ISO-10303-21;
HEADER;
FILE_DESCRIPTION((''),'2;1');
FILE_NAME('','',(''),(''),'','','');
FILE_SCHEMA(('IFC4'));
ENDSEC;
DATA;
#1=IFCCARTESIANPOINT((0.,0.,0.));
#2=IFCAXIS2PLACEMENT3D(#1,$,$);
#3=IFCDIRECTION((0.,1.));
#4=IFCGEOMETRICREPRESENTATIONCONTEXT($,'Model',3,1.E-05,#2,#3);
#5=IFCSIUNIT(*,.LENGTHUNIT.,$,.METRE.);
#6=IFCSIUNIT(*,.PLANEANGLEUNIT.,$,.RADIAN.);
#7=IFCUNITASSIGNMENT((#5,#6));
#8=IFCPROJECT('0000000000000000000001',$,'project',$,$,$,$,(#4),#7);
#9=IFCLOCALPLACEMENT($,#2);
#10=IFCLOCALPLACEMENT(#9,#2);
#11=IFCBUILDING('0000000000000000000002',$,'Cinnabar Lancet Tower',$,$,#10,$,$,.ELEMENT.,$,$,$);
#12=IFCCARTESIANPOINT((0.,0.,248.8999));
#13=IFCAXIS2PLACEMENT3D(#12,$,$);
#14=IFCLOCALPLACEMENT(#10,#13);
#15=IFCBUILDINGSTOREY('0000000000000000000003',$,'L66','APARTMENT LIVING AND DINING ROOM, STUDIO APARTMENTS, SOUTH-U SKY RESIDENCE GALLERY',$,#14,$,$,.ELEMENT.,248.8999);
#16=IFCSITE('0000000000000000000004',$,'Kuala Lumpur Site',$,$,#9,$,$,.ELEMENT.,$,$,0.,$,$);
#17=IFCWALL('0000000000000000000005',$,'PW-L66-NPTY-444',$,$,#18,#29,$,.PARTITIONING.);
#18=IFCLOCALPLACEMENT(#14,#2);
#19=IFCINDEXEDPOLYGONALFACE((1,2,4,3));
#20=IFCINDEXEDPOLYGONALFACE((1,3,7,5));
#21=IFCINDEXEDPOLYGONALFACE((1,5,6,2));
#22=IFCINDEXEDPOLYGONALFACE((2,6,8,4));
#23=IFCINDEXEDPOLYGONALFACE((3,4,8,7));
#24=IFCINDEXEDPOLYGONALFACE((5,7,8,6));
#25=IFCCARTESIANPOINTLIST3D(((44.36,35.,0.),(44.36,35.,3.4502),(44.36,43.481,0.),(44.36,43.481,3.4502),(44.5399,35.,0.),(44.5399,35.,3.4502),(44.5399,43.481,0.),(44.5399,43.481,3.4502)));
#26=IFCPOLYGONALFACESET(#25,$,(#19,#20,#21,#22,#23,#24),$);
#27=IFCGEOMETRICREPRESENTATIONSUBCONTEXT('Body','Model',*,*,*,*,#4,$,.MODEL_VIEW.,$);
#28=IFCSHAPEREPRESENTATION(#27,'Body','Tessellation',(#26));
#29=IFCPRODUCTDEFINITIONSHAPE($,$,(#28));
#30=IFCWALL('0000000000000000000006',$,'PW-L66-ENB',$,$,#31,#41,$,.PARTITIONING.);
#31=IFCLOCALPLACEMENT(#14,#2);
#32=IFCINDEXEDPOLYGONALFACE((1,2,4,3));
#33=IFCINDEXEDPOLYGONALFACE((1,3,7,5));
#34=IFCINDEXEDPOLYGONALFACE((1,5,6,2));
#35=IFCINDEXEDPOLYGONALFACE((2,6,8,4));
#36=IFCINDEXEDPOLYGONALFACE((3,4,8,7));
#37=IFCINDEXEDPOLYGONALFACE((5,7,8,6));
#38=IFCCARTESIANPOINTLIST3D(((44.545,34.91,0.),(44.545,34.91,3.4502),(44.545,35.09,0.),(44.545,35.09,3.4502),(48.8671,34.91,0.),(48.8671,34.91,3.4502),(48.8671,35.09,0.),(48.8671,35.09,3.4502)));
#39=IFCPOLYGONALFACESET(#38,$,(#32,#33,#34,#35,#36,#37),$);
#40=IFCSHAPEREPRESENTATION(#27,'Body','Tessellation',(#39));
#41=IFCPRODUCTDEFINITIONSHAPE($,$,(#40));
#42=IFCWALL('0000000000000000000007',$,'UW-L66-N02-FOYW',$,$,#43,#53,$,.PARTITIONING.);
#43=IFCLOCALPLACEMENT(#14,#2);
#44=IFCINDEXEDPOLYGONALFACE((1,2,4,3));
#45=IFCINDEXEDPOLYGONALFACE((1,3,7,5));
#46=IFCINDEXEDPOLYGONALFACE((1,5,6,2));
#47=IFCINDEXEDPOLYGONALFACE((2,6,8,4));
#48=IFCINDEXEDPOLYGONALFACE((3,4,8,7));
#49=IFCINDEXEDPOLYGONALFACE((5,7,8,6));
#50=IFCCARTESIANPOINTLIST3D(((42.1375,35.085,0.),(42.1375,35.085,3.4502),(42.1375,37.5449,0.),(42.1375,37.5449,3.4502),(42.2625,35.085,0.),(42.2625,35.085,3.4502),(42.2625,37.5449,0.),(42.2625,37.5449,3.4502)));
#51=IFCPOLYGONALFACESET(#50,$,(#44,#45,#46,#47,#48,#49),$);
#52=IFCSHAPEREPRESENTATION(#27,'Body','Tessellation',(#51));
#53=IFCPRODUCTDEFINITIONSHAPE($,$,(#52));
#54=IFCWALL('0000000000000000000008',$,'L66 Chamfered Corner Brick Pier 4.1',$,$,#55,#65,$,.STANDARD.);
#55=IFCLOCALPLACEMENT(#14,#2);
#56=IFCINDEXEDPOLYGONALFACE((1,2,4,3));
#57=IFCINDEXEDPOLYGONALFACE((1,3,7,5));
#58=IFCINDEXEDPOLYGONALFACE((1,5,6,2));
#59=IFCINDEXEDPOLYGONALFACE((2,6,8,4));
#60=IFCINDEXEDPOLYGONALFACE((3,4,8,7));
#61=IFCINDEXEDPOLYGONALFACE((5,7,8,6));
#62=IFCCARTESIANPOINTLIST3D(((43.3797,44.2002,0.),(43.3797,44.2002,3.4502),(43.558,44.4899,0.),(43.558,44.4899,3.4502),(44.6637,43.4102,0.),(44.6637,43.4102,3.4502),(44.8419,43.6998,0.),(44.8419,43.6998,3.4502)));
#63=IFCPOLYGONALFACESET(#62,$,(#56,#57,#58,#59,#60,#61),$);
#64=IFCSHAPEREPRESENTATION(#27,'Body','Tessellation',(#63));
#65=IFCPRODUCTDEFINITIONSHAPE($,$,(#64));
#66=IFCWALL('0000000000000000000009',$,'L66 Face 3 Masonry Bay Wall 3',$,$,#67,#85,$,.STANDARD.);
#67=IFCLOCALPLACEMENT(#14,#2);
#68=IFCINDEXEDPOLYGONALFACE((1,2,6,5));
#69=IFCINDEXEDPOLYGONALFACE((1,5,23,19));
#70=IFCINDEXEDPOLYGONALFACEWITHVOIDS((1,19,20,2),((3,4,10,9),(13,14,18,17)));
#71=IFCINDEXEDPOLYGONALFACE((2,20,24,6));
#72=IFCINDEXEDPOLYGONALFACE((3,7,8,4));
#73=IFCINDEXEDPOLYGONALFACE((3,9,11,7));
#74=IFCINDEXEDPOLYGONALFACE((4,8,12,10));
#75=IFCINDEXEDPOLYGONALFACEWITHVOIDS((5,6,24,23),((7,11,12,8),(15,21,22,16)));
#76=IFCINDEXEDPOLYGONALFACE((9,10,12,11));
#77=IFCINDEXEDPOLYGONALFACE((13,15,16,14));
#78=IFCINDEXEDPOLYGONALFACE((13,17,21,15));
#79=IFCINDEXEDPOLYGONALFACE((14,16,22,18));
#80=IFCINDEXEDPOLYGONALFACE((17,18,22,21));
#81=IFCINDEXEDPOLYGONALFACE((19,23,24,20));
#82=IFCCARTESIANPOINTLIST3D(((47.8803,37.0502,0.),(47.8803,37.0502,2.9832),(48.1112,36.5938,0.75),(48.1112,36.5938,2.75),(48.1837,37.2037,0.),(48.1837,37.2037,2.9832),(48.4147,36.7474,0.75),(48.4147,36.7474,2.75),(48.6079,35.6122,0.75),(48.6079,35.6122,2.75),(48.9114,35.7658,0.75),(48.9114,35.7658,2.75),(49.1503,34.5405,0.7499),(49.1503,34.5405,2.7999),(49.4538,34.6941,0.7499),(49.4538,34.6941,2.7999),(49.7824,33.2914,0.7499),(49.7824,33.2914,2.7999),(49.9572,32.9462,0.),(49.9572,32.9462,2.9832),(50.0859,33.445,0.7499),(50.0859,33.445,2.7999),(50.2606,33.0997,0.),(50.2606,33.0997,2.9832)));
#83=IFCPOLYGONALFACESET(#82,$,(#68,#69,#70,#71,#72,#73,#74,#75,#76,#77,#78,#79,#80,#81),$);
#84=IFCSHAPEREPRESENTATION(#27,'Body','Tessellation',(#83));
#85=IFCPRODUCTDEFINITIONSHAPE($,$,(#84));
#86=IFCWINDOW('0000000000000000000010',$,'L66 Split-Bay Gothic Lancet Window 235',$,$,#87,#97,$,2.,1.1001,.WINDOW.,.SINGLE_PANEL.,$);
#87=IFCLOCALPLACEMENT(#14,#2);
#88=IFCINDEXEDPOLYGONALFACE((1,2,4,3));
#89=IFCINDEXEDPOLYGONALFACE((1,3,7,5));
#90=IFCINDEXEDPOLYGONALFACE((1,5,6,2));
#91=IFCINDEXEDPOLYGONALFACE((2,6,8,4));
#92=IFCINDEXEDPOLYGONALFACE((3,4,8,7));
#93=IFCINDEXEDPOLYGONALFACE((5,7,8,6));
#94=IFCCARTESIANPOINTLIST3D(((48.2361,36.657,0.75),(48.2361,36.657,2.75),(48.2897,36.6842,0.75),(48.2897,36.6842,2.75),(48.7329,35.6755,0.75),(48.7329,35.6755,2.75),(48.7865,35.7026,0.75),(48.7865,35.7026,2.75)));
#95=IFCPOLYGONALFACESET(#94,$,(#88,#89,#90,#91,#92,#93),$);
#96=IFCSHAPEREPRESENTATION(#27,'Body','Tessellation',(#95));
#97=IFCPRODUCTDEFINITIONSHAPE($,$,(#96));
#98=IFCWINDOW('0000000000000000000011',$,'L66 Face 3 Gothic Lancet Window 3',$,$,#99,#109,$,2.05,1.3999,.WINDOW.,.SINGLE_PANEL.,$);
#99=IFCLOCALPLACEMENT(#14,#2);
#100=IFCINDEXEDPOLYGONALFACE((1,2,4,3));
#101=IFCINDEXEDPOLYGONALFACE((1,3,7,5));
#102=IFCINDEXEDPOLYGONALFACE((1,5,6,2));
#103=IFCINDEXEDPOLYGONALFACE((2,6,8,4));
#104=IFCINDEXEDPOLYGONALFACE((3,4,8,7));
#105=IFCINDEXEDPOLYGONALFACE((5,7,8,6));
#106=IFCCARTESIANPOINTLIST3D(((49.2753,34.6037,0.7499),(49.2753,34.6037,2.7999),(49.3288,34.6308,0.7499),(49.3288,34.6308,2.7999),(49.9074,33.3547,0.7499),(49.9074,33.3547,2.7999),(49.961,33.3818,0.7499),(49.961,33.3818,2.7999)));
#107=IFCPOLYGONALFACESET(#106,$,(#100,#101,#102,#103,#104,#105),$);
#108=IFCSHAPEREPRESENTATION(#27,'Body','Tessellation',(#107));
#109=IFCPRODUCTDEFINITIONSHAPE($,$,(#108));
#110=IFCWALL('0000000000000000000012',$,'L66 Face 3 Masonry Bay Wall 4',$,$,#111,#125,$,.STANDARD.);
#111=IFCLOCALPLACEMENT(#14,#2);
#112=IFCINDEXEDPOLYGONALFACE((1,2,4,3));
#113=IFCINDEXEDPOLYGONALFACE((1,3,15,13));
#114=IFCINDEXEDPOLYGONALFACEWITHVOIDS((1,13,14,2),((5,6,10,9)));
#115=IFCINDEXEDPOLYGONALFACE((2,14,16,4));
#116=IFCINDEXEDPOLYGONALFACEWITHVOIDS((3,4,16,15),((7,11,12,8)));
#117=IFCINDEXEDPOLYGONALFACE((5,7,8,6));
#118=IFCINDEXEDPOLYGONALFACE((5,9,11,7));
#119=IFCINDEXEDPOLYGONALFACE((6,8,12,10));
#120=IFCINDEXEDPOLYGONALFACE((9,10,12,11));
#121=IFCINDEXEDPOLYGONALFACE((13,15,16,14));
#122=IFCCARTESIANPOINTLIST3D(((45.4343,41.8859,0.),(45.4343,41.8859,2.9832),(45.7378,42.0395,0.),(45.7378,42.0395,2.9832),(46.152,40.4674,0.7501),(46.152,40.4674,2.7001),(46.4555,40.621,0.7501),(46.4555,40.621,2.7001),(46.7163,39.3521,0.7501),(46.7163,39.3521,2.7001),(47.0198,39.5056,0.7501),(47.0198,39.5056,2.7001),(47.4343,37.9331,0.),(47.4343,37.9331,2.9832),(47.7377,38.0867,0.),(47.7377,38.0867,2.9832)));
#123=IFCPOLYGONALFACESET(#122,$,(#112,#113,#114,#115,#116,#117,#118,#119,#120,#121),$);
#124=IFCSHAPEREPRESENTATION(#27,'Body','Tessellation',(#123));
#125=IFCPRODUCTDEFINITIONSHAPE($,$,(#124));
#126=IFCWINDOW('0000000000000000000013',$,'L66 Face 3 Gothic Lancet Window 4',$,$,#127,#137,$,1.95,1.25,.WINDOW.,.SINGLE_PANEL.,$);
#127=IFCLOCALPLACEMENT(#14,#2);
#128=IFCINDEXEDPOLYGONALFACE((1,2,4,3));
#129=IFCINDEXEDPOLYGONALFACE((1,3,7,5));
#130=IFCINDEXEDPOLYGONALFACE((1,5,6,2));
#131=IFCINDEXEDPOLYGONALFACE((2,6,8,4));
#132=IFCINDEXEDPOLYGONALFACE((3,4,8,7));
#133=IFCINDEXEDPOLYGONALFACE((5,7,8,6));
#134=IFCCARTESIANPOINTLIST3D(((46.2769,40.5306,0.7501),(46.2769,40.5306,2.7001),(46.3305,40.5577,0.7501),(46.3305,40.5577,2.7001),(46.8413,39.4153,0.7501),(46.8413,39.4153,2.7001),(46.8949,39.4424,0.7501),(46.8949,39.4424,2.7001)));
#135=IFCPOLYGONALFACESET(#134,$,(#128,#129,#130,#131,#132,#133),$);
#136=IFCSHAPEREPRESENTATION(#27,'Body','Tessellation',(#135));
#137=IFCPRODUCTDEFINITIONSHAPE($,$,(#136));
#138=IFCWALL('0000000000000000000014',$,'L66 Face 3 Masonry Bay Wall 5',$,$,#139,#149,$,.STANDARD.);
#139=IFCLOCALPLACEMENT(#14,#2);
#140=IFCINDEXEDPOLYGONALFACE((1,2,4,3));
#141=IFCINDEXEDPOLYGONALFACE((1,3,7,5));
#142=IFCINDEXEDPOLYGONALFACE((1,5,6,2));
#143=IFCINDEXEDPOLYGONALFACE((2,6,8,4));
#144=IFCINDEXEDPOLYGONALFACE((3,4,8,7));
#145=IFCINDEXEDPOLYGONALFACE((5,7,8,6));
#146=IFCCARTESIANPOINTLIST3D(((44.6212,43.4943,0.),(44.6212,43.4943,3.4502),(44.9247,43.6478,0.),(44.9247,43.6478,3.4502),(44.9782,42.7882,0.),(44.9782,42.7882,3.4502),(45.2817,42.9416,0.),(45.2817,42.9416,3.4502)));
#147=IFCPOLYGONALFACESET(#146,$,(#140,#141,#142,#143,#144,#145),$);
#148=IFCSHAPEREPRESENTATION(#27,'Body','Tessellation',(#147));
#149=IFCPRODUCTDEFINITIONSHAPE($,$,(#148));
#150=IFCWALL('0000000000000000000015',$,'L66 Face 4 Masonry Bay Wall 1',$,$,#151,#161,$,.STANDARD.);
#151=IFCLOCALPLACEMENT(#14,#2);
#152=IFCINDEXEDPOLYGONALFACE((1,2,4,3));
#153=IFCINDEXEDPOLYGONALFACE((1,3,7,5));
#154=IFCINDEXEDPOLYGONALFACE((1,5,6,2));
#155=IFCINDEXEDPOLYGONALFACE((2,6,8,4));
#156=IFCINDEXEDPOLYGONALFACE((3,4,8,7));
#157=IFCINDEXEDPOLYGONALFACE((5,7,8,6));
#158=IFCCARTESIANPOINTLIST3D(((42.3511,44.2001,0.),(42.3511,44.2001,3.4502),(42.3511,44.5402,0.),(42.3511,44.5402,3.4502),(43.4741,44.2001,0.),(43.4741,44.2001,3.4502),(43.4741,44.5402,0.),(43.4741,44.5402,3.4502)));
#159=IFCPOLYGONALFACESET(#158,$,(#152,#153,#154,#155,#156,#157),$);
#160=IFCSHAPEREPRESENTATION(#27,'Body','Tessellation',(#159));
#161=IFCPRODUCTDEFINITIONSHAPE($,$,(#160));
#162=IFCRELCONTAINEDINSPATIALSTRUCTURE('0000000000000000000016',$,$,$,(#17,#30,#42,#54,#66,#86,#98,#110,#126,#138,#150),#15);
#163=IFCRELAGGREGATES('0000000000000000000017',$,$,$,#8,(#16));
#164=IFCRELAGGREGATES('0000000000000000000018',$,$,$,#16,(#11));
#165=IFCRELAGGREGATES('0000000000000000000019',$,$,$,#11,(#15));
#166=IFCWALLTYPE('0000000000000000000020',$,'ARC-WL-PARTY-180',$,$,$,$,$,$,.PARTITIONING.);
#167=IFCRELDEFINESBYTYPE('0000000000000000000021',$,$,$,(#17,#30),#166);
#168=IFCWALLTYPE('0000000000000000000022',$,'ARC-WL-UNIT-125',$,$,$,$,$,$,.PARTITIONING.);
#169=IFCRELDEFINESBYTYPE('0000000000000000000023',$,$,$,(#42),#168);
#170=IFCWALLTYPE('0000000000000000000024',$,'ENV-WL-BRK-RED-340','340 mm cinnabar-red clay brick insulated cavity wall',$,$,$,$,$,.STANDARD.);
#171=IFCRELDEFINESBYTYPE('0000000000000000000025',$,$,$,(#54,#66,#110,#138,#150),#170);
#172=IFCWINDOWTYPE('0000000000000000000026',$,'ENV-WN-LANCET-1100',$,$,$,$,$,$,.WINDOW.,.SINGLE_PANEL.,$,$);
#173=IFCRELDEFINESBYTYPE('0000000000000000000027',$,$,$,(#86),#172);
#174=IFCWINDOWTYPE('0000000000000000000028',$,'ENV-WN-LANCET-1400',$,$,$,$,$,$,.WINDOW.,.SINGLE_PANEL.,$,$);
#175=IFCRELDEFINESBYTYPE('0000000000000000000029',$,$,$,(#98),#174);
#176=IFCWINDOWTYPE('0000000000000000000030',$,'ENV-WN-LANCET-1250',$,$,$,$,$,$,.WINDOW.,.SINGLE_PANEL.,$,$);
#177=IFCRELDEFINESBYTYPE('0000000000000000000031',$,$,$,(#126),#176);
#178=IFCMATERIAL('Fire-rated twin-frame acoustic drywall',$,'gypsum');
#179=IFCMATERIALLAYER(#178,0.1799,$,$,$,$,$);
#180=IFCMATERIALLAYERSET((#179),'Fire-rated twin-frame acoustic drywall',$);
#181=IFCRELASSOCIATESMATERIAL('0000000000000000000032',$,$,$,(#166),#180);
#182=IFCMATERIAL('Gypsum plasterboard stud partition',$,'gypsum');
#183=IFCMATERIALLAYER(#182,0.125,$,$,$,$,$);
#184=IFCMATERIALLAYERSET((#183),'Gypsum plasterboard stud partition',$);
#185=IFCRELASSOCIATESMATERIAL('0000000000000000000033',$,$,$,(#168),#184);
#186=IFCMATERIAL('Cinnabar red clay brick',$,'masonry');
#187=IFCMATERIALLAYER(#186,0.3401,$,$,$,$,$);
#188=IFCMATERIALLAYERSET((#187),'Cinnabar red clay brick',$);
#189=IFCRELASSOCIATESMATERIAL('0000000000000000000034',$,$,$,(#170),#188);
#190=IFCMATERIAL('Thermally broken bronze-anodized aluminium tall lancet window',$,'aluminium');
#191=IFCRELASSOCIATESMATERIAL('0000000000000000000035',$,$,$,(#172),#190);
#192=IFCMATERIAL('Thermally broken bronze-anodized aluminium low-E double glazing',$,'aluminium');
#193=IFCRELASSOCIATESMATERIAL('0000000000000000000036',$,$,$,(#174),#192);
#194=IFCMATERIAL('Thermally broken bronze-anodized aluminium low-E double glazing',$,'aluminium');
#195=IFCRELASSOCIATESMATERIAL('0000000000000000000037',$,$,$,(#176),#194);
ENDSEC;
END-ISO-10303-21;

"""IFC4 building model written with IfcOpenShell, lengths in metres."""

from ifc_helpers import new_model, si_unit, direction, frame, frame_2d, origin, place, context, subcontext, project, spatial, rectangle, extrude, material, layer, layer_set, type_object, element, fill, save


model = new_model("IFC4")

# Units and contexts
model_context = context("Model", 3, precision=1e-05, world=origin(), true_north=direction((0.0, 1.0)))
body_context = subcontext(model_context, "Body", "Model", "MODEL_VIEW")
ifc_project = project(units=[si_unit("LENGTHUNIT", "METRE"), si_unit("PLANEANGLEUNIT", "RADIAN")], contexts=[model_context])

# Site, building, storey
site_placement = place(None, origin())
site = spatial("IfcSite", under=ifc_project, at=site_placement, Name="Kuala Lumpur Site", CompositionType="ELEMENT", RefElevation=0.0)
building_placement = place(site_placement, origin())
building = spatial("IfcBuilding", under=site, at=building_placement, Name="Cinnabar Lancet Tower", CompositionType="ELEMENT")
storey_placement = place(building_placement, frame((0.0, 0.0, 248.8999)))
storey = spatial("IfcBuildingStorey", under=building, at=storey_placement, Name="L66", Description="APARTMENT LIVING AND DINING ROOM, STUDIO APARTMENTS, SOUTH-U SKY RESIDENCE GALLERY", CompositionType="ELEMENT", Elevation=248.8999)

# Walls
ifc_material_1 = material(Name="Fire-rated twin-frame acoustic drywall", Category="gypsum")
ifc_layer_1 = layer(ifc_material_1, 0.1799)
ifc_layer_set_1 = layer_set([ifc_layer_1], Name="Fire-rated twin-frame acoustic drywall")
wall_type_1 = type_object("IfcWallType", Name="ARC-WL-PARTY-180", PredefinedType="PARTITIONING", material=ifc_layer_set_1)
wall_1_placement = place(storey_placement, frame((44.45, 35.0, 0.0), z_axis=(0.0, 0.0, 1.0), x_axis=(0.0, 1.0, 0.0)))
element("IfcWall", 1, at=wall_1_placement, inside=storey, type_object=wall_type_1, Name="PW-L66-NPTY-444", PredefinedType="PARTITIONING", context=body_context, shape_type="SweptSolid", body=[
    extrude(rectangle(XDim=8.481, YDim=0.1799, at=frame_2d((4.2405, 0.0))), origin(), (0.0, 0.0, 1.0), 3.4502),
])
wall_2_placement = place(storey_placement, frame((44.5449, 35.0, 0.0), z_axis=(0.0, 0.0, 1.0), x_axis=(1.0, 0.0, 0.0)))
element("IfcWall", 2, at=wall_2_placement, inside=storey, type_object=wall_type_1, Name="PW-L66-ENB", PredefinedType="PARTITIONING", context=body_context, shape_type="SweptSolid", body=[
    extrude(rectangle(XDim=4.322, YDim=0.1799, at=frame_2d((2.1611, 0.0))), origin(), (0.0, 0.0, 1.0), 3.4502),
])
ifc_material_2 = material(Name="Gypsum plasterboard stud partition", Category="gypsum")
ifc_layer_2 = layer(ifc_material_2, 0.125)
ifc_layer_set_2 = layer_set([ifc_layer_2], Name="Gypsum plasterboard stud partition")
wall_type_2 = type_object("IfcWallType", Name="ARC-WL-UNIT-125", PredefinedType="PARTITIONING", material=ifc_layer_set_2)
wall_3_placement = place(storey_placement, frame((42.2, 35.085, 0.0), z_axis=(0.0, 0.0, 1.0), x_axis=(0.0, 1.0, 0.0)))
element("IfcWall", 3, at=wall_3_placement, inside=storey, type_object=wall_type_2, Name="UW-L66-N02-FOYW", PredefinedType="PARTITIONING", context=body_context, shape_type="SweptSolid", body=[
    extrude(rectangle(XDim=2.46, YDim=0.125, at=frame_2d((1.23, 0.0))), origin(), (0.0, 0.0, 1.0), 3.4502),
])
ifc_material_3 = material(Name="Cinnabar red clay brick", Category="masonry")
ifc_layer_3 = layer(ifc_material_3, 0.3401)
ifc_layer_set_3 = layer_set([ifc_layer_3], Name="Cinnabar red clay brick")
wall_type_3 = type_object("IfcWallType", Name="ENV-WL-BRK-RED-340", Description="340 mm cinnabar-red clay brick insulated cavity wall", PredefinedType="STANDARD", material=ifc_layer_set_3)
wall_4_placement = place(storey_placement, frame((44.7529, 43.5549, 0.0), z_axis=(0.0, 0.0, 1.0), x_axis=(-0.851681, 0.524061, 0.0)))
element("IfcWall", 4, at=wall_4_placement, inside=storey, type_object=wall_type_3, Name="L66 Chamfered Corner Brick Pier 4.1", PredefinedType="STANDARD", context=body_context, shape_type="SweptSolid", body=[
    extrude(rectangle(XDim=1.5076, YDim=0.3401, at=frame_2d((0.7539, 0.0))), origin(), (0.0, 0.0, 1.0), 3.4502),
])

# Wall, openings, windows
wall_5_placement = place(storey_placement, frame((50.1089, 33.0229, 0.0), z_axis=(0.0, 0.0, 1.0), x_axis=(-0.45154, 0.892251, 0.0)))
wall_5 = element("IfcWall", 5, at=wall_5_placement, inside=storey, type_object=wall_type_3, Name="L66 Face 3 Masonry Bay Wall 3", PredefinedType="STANDARD", context=body_context, shape_type="SweptSolid", body=[
    extrude(rectangle(XDim=4.5996, YDim=0.3401, at=frame_2d((2.2998, 0.0))), origin(), (0.0, 0.0, 1.0), 2.9832),
])
opening_1_placement = place(wall_5_placement, frame((0.387, 0.0, 0.75)))
opening_1 = element("IfcOpeningElement", 6, at=opening_1_placement, cuts=wall_5, PredefinedType="OPENING", context=body_context, shape_type="SweptSolid", body=[
    extrude(rectangle(XDim=1.3999, YDim=2.05, at=frame_2d((0.7, 1.0249))), frame((0.0, 0.1799, 0.0), z_axis=(0.0, -1.0, 0.0), x_axis=(1.0, 0.0, 0.0)), (0.0, 0.0, 1.0), 0.3601),
])
opening_2_placement = place(wall_5_placement, frame((2.988, 0.0, 0.75)))
opening_2 = element("IfcOpeningElement", 7, at=opening_2_placement, cuts=wall_5, PredefinedType="OPENING", context=body_context, shape_type="SweptSolid", body=[
    extrude(rectangle(XDim=1.1001, YDim=2.0, at=frame_2d((0.55, 1.0))), frame((0.0, 0.1799, 0.0), z_axis=(0.0, -1.0, 0.0), x_axis=(1.0, 0.0, 0.0)), (0.0, 0.0, 1.0), 0.3601),
])
ifc_material_4 = material(Name="Thermally broken bronze-anodized aluminium tall lancet window", Category="aluminium")
window_type_1 = type_object("IfcWindowType", Name="ENV-WN-LANCET-1100", PartitioningType="SINGLE_PANEL", PredefinedType="WINDOW", material=ifc_material_4)
window_1_placement = place(opening_2_placement, origin())
window_1 = element("IfcWindow", 8, at=window_1_placement, inside=storey, type_object=window_type_1, Name="L66 Split-Bay Gothic Lancet Window 235", OverallHeight=2.0, OverallWidth=1.1001, PartitioningType="SINGLE_PANEL", PredefinedType="WINDOW", context=body_context, shape_type="SweptSolid", body=[
    extrude(rectangle(XDim=1.1001, YDim=2.0, at=frame_2d((0.55, 1.0))), frame((0.0, 0.03, 0.0), z_axis=(0.0, -1.0, 0.0), x_axis=(1.0, 0.0, 0.0)), (0.0, 0.0, 1.0), 0.0601),
])
fill(opening_2, window_1)
ifc_material_5 = material(Name="Thermally broken bronze-anodized aluminium low-E double glazing", Category="aluminium")
window_type_2 = type_object("IfcWindowType", Name="ENV-WN-LANCET-1400", PartitioningType="SINGLE_PANEL", PredefinedType="WINDOW", material=ifc_material_5)
window_2_placement = place(opening_1_placement, origin())
window_2 = element("IfcWindow", 9, at=window_2_placement, inside=storey, type_object=window_type_2, Name="L66 Face 3 Gothic Lancet Window 3", OverallHeight=2.05, OverallWidth=1.3999, PartitioningType="SINGLE_PANEL", PredefinedType="WINDOW", context=body_context, shape_type="SweptSolid", body=[
    extrude(rectangle(XDim=1.3999, YDim=2.05, at=frame_2d((0.7, 1.0249))), frame((0.0, 0.03, 0.0), z_axis=(0.0, -1.0, 0.0), x_axis=(1.0, 0.0, 0.0)), (0.0, 0.0, 1.0), 0.0601),
])
fill(opening_1, window_2)

# Wall, opening, window
wall_6_placement = place(storey_placement, frame((47.5859, 38.01, 0.0), z_axis=(0.0, 0.0, 1.0), x_axis=(-0.451463, 0.89229, 0.0)))
wall_6 = element("IfcWall", 10, at=wall_6_placement, inside=storey, type_object=wall_type_3, Name="L66 Face 3 Masonry Bay Wall 4", PredefinedType="STANDARD", context=body_context, shape_type="SweptSolid", body=[
    extrude(rectangle(XDim=4.4299, YDim=0.3401, at=frame_2d((2.2148, 0.0))), origin(), (0.0, 0.0, 1.0), 2.9832),
])
opening_3_placement = place(wall_6_placement, frame((1.5901, 0.0, 0.75)))
opening_3 = element("IfcOpeningElement", 11, at=opening_3_placement, cuts=wall_6, PredefinedType="OPENING", context=body_context, shape_type="SweptSolid", body=[
    extrude(rectangle(XDim=1.25, YDim=1.95, at=frame_2d((0.625, 0.9751))), frame((0.0, 0.1799, 0.0), z_axis=(0.0, -1.0, 0.0), x_axis=(1.0, 0.0, 0.0)), (0.0, 0.0, 1.0), 0.3601),
])
ifc_material_6 = material(Name="Thermally broken bronze-anodized aluminium low-E double glazing", Category="aluminium")
window_type_3 = type_object("IfcWindowType", Name="ENV-WN-LANCET-1250", PartitioningType="SINGLE_PANEL", PredefinedType="WINDOW", material=ifc_material_6)
window_3_placement = place(opening_3_placement, origin())
window_3 = element("IfcWindow", 12, at=window_3_placement, inside=storey, type_object=window_type_3, Name="L66 Face 3 Gothic Lancet Window 4", OverallHeight=1.95, OverallWidth=1.25, PartitioningType="SINGLE_PANEL", PredefinedType="WINDOW", context=body_context, shape_type="SweptSolid", body=[
    extrude(rectangle(XDim=1.25, YDim=1.95, at=frame_2d((0.625, 0.9751))), frame((0.0, 0.03, 0.0), z_axis=(0.0, -1.0, 0.0), x_axis=(1.0, 0.0, 0.0)), (0.0, 0.0, 1.0), 0.0601),
])
fill(opening_3, window_3)

# Walls
wall_7_placement = place(storey_placement, frame((45.1299, 42.865, 0.0), z_axis=(0.0, 0.0, 1.0), x_axis=(-0.451159, 0.892443, 0.0)))
element("IfcWall", 13, at=wall_7_placement, inside=storey, type_object=wall_type_3, Name="L66 Face 3 Masonry Bay Wall 5", PredefinedType="STANDARD", context=body_context, shape_type="SweptSolid", body=[
    extrude(rectangle(XDim=0.7913, YDim=0.3401, at=frame_2d((0.3955, 0.0))), origin(), (0.0, 0.0, 1.0), 3.4502),
])
wall_8_placement = place(storey_placement, frame((43.4741, 44.3701, 0.0), z_axis=(0.0, 0.0, 1.0), x_axis=(-1.0, 0.0, 0.0)))
element("IfcWall", 14, at=wall_8_placement, inside=storey, type_object=wall_type_3, Name="L66 Face 4 Masonry Bay Wall 1", PredefinedType="STANDARD", context=body_context, shape_type="SweptSolid", body=[
    extrude(rectangle(XDim=1.123, YDim=0.3401, at=frame_2d((0.5615, 0.0))), origin(), (0.0, 0.0, 1.0), 3.4502),
])

save(model, "model.ifc")
